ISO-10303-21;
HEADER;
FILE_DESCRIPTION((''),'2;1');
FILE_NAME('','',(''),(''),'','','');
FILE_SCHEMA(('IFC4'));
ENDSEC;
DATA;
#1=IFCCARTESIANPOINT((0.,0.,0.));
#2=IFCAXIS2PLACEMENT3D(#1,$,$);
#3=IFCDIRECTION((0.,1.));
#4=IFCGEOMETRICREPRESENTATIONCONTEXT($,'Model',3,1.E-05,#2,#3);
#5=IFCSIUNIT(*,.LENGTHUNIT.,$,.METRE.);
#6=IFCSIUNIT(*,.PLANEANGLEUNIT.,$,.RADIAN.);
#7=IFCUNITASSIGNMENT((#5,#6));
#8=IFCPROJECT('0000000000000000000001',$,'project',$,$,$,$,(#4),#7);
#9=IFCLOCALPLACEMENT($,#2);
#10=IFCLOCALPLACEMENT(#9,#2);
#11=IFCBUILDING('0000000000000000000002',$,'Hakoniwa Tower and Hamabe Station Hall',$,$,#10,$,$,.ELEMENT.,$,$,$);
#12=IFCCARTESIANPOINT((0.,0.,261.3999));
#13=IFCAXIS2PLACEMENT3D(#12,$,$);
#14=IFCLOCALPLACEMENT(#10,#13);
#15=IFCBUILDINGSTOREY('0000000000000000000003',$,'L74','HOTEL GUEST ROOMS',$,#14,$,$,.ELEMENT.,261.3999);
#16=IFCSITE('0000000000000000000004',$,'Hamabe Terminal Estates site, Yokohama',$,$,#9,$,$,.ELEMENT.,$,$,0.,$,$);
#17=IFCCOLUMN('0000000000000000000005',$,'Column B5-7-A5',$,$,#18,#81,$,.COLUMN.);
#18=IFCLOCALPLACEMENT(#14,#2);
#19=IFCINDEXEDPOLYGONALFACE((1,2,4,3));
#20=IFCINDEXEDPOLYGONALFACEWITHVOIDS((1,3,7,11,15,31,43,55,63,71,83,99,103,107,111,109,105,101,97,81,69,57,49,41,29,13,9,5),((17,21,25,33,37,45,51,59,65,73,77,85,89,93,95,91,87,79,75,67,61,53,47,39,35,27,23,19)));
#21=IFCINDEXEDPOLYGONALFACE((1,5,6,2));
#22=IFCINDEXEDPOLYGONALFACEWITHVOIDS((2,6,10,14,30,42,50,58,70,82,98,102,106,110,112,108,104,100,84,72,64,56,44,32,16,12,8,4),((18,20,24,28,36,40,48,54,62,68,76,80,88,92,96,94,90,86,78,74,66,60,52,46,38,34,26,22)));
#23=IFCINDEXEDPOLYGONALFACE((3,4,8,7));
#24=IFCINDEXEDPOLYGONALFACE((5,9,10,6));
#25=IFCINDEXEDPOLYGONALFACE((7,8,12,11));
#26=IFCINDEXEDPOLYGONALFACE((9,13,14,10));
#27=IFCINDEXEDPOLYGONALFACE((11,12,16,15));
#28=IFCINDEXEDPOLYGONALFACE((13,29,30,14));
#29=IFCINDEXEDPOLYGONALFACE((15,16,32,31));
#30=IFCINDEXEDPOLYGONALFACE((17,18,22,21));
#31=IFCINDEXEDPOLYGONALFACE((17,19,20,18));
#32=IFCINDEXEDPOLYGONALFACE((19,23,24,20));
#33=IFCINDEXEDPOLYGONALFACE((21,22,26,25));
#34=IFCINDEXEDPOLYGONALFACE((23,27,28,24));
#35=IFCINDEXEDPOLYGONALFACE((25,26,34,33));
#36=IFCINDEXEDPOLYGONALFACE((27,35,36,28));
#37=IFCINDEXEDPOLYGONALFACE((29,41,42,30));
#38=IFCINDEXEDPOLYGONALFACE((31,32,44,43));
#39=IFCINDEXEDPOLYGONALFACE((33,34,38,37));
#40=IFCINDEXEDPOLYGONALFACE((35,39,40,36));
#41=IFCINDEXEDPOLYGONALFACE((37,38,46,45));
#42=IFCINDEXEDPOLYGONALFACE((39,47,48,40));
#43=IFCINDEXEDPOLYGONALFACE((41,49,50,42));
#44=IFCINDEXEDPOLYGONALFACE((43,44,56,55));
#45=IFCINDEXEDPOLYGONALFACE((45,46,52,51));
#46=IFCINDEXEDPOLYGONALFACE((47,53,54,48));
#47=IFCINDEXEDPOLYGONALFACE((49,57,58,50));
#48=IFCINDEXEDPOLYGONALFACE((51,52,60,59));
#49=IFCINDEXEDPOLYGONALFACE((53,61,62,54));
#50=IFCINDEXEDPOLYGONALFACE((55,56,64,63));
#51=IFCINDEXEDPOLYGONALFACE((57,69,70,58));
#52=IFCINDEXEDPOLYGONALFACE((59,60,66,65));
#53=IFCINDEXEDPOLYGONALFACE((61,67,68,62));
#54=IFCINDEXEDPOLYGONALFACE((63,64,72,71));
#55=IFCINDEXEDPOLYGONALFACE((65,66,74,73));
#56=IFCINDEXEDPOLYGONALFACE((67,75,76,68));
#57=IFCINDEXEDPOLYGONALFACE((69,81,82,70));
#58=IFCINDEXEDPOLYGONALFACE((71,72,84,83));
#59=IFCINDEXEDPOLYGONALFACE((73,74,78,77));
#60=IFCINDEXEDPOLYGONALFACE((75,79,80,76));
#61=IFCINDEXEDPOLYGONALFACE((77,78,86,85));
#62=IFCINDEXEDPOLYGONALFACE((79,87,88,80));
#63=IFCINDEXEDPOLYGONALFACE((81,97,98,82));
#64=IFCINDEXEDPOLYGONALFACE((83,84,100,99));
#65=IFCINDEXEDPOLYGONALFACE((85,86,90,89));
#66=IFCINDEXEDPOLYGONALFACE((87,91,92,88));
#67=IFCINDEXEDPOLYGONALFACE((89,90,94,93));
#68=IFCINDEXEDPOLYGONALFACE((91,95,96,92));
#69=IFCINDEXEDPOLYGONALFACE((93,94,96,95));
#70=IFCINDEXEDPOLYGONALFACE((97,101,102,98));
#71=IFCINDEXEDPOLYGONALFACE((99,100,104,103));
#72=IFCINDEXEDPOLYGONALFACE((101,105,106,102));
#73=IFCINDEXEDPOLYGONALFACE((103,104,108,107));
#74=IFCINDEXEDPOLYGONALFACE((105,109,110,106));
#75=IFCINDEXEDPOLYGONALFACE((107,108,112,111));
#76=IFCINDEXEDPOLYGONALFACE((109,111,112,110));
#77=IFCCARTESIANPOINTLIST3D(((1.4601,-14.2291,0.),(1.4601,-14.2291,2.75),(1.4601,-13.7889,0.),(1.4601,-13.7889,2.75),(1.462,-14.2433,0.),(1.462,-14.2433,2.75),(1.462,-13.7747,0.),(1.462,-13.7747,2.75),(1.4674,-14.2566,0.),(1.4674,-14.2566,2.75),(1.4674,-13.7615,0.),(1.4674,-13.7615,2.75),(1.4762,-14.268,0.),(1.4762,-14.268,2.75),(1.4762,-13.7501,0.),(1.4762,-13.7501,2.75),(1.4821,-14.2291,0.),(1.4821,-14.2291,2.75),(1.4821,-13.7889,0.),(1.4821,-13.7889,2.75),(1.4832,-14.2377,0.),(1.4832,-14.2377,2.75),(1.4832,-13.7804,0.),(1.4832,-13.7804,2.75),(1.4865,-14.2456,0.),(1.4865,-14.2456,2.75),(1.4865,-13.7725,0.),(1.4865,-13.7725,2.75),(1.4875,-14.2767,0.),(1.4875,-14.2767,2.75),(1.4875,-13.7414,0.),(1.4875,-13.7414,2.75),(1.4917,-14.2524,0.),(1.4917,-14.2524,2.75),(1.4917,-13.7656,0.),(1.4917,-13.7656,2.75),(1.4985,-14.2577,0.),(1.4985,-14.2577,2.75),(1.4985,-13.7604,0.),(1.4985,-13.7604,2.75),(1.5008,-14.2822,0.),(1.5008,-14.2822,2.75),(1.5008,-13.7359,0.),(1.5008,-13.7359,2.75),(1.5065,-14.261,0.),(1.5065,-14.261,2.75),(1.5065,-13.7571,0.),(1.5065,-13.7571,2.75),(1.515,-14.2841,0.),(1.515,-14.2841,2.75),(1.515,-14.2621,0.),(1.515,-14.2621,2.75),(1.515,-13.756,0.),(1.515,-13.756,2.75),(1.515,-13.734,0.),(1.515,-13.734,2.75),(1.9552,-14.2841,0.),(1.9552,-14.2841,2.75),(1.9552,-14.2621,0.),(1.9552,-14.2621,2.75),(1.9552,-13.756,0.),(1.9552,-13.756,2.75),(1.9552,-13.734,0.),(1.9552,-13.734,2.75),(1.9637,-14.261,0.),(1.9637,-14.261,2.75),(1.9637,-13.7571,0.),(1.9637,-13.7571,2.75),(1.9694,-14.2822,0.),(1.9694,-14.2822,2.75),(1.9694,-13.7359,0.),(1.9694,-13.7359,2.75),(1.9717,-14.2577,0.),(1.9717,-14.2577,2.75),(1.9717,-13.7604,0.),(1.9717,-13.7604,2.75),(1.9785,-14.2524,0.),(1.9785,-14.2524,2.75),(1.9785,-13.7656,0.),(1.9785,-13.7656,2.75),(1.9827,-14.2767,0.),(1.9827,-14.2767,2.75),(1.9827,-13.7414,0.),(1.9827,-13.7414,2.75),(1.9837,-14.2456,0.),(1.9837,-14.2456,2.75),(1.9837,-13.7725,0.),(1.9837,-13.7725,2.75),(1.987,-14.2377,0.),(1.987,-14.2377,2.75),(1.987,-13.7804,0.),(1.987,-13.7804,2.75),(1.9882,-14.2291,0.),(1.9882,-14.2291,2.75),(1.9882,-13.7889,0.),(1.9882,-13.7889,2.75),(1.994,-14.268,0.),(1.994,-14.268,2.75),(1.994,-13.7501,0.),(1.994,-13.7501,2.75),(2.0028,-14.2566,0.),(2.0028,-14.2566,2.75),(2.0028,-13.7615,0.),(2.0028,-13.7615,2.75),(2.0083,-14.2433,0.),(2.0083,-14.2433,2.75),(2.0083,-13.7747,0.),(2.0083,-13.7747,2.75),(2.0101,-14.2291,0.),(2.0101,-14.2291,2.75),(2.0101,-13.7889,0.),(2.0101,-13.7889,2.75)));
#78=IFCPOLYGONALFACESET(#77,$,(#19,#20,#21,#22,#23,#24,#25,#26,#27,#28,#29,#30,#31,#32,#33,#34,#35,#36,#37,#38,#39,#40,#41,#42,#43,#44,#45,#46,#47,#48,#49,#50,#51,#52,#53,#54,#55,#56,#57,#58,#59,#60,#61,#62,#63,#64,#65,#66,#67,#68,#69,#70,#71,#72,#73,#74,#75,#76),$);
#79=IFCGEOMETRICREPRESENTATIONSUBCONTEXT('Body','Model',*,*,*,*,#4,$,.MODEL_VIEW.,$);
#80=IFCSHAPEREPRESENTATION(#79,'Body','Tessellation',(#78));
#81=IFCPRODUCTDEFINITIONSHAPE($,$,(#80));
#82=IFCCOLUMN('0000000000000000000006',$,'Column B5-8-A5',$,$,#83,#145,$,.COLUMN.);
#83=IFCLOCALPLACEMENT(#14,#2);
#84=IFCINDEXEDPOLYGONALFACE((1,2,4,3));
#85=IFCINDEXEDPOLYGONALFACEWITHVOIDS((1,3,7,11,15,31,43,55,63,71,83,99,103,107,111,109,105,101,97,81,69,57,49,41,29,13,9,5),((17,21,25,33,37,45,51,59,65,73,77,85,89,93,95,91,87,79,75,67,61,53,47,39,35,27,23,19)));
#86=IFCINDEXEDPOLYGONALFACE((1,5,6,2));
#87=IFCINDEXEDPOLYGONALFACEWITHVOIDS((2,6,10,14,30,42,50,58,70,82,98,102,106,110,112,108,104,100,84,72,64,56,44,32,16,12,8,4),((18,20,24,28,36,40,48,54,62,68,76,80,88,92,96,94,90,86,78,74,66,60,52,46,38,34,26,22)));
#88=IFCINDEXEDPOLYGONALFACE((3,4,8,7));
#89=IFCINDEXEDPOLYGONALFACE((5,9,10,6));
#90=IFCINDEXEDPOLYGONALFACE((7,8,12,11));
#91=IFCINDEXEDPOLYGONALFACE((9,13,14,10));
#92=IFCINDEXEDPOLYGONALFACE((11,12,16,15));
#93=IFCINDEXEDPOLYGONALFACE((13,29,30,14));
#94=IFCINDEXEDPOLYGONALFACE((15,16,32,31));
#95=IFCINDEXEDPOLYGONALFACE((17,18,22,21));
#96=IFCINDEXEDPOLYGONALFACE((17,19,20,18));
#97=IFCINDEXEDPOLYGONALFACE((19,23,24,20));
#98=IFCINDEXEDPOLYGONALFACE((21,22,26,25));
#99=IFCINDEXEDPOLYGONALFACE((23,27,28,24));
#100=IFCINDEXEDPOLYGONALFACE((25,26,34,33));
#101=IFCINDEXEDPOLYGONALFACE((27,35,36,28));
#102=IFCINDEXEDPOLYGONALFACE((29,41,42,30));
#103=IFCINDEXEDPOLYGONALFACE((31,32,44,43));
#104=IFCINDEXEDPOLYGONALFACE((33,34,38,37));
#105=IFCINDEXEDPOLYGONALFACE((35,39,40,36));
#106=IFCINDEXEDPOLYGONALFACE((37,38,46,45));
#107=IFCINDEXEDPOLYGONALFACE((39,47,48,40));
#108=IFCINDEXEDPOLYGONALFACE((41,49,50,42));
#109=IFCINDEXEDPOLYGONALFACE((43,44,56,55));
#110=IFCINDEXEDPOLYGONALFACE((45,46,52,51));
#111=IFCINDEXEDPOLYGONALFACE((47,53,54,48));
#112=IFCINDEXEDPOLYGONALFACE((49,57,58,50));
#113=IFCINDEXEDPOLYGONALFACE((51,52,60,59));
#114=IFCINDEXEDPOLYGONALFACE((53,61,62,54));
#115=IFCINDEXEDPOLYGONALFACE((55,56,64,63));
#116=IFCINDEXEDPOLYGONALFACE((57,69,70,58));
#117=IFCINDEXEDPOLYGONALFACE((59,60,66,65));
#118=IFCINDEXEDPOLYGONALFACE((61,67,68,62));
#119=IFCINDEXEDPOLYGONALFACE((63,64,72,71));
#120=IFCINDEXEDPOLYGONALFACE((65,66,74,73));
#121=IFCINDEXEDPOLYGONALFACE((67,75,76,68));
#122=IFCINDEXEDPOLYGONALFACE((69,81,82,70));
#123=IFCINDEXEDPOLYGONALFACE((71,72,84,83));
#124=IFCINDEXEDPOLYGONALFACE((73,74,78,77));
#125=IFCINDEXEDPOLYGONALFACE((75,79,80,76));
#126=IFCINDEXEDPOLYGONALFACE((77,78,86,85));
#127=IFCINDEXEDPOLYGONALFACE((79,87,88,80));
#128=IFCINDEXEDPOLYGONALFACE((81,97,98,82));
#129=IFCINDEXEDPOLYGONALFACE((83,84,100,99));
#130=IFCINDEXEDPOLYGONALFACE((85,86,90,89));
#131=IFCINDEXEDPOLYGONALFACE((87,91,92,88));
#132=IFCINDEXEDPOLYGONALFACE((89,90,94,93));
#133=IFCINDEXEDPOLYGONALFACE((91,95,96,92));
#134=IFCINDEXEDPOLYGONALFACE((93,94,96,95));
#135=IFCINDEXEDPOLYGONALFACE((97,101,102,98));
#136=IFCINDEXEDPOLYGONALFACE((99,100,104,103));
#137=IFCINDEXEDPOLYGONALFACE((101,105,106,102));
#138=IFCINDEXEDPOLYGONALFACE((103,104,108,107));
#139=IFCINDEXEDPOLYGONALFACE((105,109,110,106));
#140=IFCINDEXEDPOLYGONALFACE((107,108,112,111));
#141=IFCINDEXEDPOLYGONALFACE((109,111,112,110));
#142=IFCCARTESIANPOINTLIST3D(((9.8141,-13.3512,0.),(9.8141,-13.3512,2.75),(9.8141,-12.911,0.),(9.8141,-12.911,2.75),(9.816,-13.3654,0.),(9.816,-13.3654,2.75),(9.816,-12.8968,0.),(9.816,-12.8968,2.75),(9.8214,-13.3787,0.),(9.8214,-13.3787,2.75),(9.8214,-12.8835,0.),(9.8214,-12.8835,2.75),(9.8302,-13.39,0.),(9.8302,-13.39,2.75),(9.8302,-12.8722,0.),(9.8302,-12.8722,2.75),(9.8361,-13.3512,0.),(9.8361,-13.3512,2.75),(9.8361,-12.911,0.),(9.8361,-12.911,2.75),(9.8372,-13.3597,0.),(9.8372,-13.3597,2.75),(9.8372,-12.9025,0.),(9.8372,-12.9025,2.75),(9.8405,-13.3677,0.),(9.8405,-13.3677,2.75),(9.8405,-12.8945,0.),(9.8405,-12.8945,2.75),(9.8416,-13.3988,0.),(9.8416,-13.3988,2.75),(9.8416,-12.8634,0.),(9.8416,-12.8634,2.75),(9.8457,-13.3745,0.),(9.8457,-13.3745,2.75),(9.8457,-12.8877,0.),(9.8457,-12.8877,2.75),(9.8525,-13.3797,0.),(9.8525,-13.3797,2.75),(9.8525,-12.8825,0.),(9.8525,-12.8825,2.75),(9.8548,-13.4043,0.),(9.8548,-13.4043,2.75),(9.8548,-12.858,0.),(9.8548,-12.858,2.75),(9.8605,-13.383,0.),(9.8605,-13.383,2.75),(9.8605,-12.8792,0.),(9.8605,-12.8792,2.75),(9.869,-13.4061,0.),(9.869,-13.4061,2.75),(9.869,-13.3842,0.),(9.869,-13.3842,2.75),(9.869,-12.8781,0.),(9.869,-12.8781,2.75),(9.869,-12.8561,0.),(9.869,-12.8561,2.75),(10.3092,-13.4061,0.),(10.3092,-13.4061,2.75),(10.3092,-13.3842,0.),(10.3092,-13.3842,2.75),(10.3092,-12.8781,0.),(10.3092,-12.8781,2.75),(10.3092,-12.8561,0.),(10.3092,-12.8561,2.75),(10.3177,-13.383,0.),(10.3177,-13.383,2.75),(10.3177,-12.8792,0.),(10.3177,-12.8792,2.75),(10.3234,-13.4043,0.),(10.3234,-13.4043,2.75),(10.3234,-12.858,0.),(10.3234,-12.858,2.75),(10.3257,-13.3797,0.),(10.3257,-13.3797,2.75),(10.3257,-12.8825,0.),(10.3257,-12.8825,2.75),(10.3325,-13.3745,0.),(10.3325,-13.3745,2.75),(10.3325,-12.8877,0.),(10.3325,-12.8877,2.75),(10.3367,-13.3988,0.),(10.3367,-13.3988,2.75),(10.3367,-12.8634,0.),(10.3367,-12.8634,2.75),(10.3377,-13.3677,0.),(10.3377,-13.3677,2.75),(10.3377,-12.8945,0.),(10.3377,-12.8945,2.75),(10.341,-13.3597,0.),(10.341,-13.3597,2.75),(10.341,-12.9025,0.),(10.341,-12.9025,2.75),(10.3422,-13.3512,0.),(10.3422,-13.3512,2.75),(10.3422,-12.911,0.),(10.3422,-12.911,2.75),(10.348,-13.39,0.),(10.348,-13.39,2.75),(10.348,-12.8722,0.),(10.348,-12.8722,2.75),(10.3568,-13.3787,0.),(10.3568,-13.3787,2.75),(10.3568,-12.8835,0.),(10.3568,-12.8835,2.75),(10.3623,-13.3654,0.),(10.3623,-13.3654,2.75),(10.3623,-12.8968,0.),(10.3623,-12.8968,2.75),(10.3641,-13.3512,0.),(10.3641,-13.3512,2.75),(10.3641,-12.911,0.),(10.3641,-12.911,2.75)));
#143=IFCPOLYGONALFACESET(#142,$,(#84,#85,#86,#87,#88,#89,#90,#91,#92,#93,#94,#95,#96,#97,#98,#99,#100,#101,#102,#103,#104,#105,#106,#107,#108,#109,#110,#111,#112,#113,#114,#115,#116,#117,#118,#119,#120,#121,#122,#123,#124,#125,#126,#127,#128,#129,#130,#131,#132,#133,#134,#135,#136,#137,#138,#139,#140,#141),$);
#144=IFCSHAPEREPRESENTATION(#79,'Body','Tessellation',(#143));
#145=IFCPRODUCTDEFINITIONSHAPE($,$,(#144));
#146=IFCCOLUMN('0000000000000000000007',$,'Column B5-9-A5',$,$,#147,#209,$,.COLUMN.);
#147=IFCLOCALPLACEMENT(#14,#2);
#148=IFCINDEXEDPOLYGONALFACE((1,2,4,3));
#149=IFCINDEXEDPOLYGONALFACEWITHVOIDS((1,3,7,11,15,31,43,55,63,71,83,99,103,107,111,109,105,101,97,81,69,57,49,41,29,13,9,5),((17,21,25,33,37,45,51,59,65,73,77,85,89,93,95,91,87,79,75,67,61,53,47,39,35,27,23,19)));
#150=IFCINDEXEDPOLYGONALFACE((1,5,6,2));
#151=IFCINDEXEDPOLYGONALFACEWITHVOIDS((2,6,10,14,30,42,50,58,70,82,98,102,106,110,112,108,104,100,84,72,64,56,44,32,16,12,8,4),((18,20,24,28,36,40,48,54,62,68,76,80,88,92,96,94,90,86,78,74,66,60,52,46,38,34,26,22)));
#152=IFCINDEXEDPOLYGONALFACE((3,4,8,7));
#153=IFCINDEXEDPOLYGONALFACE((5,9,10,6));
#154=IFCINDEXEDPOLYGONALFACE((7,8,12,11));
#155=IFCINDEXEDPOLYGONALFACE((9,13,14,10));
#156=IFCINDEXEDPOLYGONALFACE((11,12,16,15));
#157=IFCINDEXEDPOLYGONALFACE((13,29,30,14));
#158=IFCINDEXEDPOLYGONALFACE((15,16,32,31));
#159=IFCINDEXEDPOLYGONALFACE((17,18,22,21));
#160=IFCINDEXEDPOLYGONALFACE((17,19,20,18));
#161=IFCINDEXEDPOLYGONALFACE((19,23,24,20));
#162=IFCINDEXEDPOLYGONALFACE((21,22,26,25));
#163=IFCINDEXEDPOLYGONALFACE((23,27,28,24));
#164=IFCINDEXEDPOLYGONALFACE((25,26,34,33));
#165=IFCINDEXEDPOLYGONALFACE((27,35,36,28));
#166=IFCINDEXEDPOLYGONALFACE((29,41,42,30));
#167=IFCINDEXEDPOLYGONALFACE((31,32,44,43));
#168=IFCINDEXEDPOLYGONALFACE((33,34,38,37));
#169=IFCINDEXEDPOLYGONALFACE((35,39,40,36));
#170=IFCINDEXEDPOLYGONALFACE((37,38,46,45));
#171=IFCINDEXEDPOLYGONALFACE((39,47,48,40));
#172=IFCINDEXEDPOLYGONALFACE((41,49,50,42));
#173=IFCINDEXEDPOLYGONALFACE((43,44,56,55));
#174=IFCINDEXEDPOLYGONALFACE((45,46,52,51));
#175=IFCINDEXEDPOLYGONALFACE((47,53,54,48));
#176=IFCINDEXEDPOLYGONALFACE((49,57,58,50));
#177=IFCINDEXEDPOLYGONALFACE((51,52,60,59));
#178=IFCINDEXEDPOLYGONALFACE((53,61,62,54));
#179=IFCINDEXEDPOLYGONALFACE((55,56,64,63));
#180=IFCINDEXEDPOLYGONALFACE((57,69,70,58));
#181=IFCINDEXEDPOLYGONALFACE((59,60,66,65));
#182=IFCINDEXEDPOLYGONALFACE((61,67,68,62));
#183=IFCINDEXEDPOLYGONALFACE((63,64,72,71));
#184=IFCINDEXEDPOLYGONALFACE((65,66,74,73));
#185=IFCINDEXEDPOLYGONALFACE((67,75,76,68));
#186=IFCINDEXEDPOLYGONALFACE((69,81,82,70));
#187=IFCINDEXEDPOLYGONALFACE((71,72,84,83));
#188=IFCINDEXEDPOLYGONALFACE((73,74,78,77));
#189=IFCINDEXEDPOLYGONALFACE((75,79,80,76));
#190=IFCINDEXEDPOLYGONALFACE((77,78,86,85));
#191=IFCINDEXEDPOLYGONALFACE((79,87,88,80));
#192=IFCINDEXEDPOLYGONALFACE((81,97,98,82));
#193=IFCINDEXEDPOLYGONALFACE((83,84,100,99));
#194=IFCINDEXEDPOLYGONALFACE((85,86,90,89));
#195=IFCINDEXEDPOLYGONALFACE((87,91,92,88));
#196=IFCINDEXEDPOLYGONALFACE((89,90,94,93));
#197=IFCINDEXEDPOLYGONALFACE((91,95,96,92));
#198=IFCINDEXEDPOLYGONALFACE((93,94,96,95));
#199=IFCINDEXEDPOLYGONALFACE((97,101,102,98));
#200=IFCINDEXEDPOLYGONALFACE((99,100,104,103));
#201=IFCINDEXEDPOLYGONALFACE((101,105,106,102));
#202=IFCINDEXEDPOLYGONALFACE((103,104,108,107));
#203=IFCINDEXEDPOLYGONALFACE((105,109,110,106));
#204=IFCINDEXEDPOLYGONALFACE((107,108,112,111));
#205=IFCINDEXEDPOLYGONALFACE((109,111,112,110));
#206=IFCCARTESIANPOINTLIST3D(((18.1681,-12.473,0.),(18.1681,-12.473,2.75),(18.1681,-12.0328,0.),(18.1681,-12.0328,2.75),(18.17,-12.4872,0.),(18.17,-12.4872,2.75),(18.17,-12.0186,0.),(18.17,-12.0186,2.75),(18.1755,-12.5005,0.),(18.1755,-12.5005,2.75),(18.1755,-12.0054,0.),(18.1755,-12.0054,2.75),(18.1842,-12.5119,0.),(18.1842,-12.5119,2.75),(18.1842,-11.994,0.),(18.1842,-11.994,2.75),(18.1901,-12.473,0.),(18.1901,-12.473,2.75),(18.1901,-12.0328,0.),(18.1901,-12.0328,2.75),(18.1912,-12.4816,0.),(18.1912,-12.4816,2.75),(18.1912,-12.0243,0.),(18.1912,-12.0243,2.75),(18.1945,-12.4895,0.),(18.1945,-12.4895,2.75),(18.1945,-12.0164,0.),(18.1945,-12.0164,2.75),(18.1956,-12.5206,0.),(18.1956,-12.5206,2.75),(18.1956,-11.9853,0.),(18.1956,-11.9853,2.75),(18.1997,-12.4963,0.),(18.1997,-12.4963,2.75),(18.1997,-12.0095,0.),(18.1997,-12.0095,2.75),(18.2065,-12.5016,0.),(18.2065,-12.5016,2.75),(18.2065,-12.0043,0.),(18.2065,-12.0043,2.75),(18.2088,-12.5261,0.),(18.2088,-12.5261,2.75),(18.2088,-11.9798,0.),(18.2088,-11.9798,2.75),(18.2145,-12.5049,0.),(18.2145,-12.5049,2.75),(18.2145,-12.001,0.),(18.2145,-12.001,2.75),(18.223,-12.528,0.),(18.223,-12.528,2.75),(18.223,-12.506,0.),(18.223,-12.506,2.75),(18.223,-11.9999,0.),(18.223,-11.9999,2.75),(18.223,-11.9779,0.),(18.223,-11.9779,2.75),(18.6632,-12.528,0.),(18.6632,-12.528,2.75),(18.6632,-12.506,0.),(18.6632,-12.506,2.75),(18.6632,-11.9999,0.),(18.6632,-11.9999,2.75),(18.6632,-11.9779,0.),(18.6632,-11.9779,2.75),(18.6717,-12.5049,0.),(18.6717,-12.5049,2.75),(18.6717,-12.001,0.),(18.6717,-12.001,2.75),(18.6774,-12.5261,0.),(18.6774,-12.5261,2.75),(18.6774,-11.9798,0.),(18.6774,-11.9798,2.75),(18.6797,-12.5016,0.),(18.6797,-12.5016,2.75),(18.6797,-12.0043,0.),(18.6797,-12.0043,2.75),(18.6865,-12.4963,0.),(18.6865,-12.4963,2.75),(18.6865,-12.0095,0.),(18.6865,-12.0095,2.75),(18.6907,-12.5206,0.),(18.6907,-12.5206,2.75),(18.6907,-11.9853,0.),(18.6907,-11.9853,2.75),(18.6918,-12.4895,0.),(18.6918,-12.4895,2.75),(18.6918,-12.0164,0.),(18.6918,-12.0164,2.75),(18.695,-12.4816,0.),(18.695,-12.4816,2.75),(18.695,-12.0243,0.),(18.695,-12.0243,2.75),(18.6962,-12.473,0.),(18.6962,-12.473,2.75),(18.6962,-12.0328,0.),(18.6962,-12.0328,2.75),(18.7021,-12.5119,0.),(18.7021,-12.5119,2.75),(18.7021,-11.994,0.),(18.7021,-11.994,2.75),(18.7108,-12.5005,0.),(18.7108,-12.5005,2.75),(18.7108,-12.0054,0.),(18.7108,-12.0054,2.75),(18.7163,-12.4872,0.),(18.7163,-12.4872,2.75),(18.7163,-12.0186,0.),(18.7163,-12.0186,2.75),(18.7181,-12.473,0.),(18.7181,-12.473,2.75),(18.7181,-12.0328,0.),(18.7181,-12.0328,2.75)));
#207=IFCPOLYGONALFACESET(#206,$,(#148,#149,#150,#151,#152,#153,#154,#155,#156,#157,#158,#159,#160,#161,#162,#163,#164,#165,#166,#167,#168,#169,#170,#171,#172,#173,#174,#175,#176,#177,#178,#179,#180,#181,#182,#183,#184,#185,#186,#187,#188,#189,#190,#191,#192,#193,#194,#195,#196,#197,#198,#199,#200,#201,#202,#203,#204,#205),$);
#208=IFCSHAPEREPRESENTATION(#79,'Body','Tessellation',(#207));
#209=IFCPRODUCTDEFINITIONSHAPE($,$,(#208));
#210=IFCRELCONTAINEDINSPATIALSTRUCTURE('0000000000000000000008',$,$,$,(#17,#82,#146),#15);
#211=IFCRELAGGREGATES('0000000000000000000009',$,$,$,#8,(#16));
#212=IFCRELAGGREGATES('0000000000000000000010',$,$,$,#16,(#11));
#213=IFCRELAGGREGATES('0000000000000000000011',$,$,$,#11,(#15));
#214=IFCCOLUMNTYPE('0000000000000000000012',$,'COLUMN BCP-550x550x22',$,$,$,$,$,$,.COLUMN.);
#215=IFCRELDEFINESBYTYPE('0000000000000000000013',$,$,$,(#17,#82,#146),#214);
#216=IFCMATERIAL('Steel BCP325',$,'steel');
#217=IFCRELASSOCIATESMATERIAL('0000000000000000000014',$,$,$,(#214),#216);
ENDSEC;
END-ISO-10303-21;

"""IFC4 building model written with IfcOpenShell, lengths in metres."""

from ifc_helpers import new_model, si_unit, direction, frame, origin, origin_2d, place, context, subcontext, project, spatial, hollow_rectangle, extrude, material, material_profile, profile_set, type_object, element, save


model = new_model("IFC4")

# Units and contexts
model_context = context("Model", 3, precision=1e-05, world=origin(), true_north=direction((0.0, 1.0)))
body_context = subcontext(model_context, "Body", "Model", "MODEL_VIEW")
ifc_project = project(units=[si_unit("LENGTHUNIT", "METRE"), si_unit("PLANEANGLEUNIT", "RADIAN")], contexts=[model_context])

# Site, building, storey
site_placement = place(None, origin())
site = spatial("IfcSite", under=ifc_project, at=site_placement, Name="Hamabe Terminal Estates site, Yokohama", CompositionType="ELEMENT", RefElevation=0.0)
building_placement = place(site_placement, origin())
building = spatial("IfcBuilding", under=site, at=building_placement, Name="Hakoniwa Tower and Hamabe Station Hall", CompositionType="ELEMENT")
storey_placement = place(building_placement, frame((0.0, 0.0, 261.3999)))
storey = spatial("IfcBuildingStorey", under=building, at=storey_placement, Name="L74", Description="HOTEL GUEST ROOMS", CompositionType="ELEMENT", Elevation=261.3999)

# Columns
ifc_material_1 = material(Name="Steel BCP325", Category="steel")
ifc_material_profile_1 = material_profile(ifc_material_1, hollow_rectangle(XDim=0.55, YDim=0.55, WallThickness=0.022, InnerFilletRadius=0.033, OuterFilletRadius=0.0549, at=origin_2d()), Name="BCP-550x550x22")
ifc_profile_set_1 = profile_set([ifc_material_profile_1], Name="Steel BCP325")
column_type = type_object("IfcColumnType", Name="COLUMN BCP-550x550x22", PredefinedType="COLUMN", material=ifc_profile_set_1)
for number, where, z_axis, x_axis, name in (
    (1, (1.7351, -14.009, 0.0), (0.0, 0.0, 1.0), (1.0, 0.0, 0.0), "Column B5-7-A5"),
    (2, (10.0891, -13.1311, 0.0), (0.0, 0.0, 1.0), (1.0, 0.0, 0.0), "Column B5-8-A5"),
    (3, (18.4431, -12.2529, 0.0), (0.0, 0.0, 1.0), (1.0, 0.0, 0.0), "Column B5-9-A5"),
):
    element("IfcColumn", number, at=place(storey_placement, frame(where, z_axis=z_axis, x_axis=x_axis)), inside=storey, type_object=column_type, Name=name, PredefinedType="COLUMN", context=body_context, shape_type="SweptSolid", body=[
        extrude(hollow_rectangle(XDim=0.55, YDim=0.55, WallThickness=0.022, InnerFilletRadius=0.033, OuterFilletRadius=0.0549, at=origin_2d()), origin(), (0.0, 0.0, 1.0), 2.75),
    ])

save(model, "model.ifc")
